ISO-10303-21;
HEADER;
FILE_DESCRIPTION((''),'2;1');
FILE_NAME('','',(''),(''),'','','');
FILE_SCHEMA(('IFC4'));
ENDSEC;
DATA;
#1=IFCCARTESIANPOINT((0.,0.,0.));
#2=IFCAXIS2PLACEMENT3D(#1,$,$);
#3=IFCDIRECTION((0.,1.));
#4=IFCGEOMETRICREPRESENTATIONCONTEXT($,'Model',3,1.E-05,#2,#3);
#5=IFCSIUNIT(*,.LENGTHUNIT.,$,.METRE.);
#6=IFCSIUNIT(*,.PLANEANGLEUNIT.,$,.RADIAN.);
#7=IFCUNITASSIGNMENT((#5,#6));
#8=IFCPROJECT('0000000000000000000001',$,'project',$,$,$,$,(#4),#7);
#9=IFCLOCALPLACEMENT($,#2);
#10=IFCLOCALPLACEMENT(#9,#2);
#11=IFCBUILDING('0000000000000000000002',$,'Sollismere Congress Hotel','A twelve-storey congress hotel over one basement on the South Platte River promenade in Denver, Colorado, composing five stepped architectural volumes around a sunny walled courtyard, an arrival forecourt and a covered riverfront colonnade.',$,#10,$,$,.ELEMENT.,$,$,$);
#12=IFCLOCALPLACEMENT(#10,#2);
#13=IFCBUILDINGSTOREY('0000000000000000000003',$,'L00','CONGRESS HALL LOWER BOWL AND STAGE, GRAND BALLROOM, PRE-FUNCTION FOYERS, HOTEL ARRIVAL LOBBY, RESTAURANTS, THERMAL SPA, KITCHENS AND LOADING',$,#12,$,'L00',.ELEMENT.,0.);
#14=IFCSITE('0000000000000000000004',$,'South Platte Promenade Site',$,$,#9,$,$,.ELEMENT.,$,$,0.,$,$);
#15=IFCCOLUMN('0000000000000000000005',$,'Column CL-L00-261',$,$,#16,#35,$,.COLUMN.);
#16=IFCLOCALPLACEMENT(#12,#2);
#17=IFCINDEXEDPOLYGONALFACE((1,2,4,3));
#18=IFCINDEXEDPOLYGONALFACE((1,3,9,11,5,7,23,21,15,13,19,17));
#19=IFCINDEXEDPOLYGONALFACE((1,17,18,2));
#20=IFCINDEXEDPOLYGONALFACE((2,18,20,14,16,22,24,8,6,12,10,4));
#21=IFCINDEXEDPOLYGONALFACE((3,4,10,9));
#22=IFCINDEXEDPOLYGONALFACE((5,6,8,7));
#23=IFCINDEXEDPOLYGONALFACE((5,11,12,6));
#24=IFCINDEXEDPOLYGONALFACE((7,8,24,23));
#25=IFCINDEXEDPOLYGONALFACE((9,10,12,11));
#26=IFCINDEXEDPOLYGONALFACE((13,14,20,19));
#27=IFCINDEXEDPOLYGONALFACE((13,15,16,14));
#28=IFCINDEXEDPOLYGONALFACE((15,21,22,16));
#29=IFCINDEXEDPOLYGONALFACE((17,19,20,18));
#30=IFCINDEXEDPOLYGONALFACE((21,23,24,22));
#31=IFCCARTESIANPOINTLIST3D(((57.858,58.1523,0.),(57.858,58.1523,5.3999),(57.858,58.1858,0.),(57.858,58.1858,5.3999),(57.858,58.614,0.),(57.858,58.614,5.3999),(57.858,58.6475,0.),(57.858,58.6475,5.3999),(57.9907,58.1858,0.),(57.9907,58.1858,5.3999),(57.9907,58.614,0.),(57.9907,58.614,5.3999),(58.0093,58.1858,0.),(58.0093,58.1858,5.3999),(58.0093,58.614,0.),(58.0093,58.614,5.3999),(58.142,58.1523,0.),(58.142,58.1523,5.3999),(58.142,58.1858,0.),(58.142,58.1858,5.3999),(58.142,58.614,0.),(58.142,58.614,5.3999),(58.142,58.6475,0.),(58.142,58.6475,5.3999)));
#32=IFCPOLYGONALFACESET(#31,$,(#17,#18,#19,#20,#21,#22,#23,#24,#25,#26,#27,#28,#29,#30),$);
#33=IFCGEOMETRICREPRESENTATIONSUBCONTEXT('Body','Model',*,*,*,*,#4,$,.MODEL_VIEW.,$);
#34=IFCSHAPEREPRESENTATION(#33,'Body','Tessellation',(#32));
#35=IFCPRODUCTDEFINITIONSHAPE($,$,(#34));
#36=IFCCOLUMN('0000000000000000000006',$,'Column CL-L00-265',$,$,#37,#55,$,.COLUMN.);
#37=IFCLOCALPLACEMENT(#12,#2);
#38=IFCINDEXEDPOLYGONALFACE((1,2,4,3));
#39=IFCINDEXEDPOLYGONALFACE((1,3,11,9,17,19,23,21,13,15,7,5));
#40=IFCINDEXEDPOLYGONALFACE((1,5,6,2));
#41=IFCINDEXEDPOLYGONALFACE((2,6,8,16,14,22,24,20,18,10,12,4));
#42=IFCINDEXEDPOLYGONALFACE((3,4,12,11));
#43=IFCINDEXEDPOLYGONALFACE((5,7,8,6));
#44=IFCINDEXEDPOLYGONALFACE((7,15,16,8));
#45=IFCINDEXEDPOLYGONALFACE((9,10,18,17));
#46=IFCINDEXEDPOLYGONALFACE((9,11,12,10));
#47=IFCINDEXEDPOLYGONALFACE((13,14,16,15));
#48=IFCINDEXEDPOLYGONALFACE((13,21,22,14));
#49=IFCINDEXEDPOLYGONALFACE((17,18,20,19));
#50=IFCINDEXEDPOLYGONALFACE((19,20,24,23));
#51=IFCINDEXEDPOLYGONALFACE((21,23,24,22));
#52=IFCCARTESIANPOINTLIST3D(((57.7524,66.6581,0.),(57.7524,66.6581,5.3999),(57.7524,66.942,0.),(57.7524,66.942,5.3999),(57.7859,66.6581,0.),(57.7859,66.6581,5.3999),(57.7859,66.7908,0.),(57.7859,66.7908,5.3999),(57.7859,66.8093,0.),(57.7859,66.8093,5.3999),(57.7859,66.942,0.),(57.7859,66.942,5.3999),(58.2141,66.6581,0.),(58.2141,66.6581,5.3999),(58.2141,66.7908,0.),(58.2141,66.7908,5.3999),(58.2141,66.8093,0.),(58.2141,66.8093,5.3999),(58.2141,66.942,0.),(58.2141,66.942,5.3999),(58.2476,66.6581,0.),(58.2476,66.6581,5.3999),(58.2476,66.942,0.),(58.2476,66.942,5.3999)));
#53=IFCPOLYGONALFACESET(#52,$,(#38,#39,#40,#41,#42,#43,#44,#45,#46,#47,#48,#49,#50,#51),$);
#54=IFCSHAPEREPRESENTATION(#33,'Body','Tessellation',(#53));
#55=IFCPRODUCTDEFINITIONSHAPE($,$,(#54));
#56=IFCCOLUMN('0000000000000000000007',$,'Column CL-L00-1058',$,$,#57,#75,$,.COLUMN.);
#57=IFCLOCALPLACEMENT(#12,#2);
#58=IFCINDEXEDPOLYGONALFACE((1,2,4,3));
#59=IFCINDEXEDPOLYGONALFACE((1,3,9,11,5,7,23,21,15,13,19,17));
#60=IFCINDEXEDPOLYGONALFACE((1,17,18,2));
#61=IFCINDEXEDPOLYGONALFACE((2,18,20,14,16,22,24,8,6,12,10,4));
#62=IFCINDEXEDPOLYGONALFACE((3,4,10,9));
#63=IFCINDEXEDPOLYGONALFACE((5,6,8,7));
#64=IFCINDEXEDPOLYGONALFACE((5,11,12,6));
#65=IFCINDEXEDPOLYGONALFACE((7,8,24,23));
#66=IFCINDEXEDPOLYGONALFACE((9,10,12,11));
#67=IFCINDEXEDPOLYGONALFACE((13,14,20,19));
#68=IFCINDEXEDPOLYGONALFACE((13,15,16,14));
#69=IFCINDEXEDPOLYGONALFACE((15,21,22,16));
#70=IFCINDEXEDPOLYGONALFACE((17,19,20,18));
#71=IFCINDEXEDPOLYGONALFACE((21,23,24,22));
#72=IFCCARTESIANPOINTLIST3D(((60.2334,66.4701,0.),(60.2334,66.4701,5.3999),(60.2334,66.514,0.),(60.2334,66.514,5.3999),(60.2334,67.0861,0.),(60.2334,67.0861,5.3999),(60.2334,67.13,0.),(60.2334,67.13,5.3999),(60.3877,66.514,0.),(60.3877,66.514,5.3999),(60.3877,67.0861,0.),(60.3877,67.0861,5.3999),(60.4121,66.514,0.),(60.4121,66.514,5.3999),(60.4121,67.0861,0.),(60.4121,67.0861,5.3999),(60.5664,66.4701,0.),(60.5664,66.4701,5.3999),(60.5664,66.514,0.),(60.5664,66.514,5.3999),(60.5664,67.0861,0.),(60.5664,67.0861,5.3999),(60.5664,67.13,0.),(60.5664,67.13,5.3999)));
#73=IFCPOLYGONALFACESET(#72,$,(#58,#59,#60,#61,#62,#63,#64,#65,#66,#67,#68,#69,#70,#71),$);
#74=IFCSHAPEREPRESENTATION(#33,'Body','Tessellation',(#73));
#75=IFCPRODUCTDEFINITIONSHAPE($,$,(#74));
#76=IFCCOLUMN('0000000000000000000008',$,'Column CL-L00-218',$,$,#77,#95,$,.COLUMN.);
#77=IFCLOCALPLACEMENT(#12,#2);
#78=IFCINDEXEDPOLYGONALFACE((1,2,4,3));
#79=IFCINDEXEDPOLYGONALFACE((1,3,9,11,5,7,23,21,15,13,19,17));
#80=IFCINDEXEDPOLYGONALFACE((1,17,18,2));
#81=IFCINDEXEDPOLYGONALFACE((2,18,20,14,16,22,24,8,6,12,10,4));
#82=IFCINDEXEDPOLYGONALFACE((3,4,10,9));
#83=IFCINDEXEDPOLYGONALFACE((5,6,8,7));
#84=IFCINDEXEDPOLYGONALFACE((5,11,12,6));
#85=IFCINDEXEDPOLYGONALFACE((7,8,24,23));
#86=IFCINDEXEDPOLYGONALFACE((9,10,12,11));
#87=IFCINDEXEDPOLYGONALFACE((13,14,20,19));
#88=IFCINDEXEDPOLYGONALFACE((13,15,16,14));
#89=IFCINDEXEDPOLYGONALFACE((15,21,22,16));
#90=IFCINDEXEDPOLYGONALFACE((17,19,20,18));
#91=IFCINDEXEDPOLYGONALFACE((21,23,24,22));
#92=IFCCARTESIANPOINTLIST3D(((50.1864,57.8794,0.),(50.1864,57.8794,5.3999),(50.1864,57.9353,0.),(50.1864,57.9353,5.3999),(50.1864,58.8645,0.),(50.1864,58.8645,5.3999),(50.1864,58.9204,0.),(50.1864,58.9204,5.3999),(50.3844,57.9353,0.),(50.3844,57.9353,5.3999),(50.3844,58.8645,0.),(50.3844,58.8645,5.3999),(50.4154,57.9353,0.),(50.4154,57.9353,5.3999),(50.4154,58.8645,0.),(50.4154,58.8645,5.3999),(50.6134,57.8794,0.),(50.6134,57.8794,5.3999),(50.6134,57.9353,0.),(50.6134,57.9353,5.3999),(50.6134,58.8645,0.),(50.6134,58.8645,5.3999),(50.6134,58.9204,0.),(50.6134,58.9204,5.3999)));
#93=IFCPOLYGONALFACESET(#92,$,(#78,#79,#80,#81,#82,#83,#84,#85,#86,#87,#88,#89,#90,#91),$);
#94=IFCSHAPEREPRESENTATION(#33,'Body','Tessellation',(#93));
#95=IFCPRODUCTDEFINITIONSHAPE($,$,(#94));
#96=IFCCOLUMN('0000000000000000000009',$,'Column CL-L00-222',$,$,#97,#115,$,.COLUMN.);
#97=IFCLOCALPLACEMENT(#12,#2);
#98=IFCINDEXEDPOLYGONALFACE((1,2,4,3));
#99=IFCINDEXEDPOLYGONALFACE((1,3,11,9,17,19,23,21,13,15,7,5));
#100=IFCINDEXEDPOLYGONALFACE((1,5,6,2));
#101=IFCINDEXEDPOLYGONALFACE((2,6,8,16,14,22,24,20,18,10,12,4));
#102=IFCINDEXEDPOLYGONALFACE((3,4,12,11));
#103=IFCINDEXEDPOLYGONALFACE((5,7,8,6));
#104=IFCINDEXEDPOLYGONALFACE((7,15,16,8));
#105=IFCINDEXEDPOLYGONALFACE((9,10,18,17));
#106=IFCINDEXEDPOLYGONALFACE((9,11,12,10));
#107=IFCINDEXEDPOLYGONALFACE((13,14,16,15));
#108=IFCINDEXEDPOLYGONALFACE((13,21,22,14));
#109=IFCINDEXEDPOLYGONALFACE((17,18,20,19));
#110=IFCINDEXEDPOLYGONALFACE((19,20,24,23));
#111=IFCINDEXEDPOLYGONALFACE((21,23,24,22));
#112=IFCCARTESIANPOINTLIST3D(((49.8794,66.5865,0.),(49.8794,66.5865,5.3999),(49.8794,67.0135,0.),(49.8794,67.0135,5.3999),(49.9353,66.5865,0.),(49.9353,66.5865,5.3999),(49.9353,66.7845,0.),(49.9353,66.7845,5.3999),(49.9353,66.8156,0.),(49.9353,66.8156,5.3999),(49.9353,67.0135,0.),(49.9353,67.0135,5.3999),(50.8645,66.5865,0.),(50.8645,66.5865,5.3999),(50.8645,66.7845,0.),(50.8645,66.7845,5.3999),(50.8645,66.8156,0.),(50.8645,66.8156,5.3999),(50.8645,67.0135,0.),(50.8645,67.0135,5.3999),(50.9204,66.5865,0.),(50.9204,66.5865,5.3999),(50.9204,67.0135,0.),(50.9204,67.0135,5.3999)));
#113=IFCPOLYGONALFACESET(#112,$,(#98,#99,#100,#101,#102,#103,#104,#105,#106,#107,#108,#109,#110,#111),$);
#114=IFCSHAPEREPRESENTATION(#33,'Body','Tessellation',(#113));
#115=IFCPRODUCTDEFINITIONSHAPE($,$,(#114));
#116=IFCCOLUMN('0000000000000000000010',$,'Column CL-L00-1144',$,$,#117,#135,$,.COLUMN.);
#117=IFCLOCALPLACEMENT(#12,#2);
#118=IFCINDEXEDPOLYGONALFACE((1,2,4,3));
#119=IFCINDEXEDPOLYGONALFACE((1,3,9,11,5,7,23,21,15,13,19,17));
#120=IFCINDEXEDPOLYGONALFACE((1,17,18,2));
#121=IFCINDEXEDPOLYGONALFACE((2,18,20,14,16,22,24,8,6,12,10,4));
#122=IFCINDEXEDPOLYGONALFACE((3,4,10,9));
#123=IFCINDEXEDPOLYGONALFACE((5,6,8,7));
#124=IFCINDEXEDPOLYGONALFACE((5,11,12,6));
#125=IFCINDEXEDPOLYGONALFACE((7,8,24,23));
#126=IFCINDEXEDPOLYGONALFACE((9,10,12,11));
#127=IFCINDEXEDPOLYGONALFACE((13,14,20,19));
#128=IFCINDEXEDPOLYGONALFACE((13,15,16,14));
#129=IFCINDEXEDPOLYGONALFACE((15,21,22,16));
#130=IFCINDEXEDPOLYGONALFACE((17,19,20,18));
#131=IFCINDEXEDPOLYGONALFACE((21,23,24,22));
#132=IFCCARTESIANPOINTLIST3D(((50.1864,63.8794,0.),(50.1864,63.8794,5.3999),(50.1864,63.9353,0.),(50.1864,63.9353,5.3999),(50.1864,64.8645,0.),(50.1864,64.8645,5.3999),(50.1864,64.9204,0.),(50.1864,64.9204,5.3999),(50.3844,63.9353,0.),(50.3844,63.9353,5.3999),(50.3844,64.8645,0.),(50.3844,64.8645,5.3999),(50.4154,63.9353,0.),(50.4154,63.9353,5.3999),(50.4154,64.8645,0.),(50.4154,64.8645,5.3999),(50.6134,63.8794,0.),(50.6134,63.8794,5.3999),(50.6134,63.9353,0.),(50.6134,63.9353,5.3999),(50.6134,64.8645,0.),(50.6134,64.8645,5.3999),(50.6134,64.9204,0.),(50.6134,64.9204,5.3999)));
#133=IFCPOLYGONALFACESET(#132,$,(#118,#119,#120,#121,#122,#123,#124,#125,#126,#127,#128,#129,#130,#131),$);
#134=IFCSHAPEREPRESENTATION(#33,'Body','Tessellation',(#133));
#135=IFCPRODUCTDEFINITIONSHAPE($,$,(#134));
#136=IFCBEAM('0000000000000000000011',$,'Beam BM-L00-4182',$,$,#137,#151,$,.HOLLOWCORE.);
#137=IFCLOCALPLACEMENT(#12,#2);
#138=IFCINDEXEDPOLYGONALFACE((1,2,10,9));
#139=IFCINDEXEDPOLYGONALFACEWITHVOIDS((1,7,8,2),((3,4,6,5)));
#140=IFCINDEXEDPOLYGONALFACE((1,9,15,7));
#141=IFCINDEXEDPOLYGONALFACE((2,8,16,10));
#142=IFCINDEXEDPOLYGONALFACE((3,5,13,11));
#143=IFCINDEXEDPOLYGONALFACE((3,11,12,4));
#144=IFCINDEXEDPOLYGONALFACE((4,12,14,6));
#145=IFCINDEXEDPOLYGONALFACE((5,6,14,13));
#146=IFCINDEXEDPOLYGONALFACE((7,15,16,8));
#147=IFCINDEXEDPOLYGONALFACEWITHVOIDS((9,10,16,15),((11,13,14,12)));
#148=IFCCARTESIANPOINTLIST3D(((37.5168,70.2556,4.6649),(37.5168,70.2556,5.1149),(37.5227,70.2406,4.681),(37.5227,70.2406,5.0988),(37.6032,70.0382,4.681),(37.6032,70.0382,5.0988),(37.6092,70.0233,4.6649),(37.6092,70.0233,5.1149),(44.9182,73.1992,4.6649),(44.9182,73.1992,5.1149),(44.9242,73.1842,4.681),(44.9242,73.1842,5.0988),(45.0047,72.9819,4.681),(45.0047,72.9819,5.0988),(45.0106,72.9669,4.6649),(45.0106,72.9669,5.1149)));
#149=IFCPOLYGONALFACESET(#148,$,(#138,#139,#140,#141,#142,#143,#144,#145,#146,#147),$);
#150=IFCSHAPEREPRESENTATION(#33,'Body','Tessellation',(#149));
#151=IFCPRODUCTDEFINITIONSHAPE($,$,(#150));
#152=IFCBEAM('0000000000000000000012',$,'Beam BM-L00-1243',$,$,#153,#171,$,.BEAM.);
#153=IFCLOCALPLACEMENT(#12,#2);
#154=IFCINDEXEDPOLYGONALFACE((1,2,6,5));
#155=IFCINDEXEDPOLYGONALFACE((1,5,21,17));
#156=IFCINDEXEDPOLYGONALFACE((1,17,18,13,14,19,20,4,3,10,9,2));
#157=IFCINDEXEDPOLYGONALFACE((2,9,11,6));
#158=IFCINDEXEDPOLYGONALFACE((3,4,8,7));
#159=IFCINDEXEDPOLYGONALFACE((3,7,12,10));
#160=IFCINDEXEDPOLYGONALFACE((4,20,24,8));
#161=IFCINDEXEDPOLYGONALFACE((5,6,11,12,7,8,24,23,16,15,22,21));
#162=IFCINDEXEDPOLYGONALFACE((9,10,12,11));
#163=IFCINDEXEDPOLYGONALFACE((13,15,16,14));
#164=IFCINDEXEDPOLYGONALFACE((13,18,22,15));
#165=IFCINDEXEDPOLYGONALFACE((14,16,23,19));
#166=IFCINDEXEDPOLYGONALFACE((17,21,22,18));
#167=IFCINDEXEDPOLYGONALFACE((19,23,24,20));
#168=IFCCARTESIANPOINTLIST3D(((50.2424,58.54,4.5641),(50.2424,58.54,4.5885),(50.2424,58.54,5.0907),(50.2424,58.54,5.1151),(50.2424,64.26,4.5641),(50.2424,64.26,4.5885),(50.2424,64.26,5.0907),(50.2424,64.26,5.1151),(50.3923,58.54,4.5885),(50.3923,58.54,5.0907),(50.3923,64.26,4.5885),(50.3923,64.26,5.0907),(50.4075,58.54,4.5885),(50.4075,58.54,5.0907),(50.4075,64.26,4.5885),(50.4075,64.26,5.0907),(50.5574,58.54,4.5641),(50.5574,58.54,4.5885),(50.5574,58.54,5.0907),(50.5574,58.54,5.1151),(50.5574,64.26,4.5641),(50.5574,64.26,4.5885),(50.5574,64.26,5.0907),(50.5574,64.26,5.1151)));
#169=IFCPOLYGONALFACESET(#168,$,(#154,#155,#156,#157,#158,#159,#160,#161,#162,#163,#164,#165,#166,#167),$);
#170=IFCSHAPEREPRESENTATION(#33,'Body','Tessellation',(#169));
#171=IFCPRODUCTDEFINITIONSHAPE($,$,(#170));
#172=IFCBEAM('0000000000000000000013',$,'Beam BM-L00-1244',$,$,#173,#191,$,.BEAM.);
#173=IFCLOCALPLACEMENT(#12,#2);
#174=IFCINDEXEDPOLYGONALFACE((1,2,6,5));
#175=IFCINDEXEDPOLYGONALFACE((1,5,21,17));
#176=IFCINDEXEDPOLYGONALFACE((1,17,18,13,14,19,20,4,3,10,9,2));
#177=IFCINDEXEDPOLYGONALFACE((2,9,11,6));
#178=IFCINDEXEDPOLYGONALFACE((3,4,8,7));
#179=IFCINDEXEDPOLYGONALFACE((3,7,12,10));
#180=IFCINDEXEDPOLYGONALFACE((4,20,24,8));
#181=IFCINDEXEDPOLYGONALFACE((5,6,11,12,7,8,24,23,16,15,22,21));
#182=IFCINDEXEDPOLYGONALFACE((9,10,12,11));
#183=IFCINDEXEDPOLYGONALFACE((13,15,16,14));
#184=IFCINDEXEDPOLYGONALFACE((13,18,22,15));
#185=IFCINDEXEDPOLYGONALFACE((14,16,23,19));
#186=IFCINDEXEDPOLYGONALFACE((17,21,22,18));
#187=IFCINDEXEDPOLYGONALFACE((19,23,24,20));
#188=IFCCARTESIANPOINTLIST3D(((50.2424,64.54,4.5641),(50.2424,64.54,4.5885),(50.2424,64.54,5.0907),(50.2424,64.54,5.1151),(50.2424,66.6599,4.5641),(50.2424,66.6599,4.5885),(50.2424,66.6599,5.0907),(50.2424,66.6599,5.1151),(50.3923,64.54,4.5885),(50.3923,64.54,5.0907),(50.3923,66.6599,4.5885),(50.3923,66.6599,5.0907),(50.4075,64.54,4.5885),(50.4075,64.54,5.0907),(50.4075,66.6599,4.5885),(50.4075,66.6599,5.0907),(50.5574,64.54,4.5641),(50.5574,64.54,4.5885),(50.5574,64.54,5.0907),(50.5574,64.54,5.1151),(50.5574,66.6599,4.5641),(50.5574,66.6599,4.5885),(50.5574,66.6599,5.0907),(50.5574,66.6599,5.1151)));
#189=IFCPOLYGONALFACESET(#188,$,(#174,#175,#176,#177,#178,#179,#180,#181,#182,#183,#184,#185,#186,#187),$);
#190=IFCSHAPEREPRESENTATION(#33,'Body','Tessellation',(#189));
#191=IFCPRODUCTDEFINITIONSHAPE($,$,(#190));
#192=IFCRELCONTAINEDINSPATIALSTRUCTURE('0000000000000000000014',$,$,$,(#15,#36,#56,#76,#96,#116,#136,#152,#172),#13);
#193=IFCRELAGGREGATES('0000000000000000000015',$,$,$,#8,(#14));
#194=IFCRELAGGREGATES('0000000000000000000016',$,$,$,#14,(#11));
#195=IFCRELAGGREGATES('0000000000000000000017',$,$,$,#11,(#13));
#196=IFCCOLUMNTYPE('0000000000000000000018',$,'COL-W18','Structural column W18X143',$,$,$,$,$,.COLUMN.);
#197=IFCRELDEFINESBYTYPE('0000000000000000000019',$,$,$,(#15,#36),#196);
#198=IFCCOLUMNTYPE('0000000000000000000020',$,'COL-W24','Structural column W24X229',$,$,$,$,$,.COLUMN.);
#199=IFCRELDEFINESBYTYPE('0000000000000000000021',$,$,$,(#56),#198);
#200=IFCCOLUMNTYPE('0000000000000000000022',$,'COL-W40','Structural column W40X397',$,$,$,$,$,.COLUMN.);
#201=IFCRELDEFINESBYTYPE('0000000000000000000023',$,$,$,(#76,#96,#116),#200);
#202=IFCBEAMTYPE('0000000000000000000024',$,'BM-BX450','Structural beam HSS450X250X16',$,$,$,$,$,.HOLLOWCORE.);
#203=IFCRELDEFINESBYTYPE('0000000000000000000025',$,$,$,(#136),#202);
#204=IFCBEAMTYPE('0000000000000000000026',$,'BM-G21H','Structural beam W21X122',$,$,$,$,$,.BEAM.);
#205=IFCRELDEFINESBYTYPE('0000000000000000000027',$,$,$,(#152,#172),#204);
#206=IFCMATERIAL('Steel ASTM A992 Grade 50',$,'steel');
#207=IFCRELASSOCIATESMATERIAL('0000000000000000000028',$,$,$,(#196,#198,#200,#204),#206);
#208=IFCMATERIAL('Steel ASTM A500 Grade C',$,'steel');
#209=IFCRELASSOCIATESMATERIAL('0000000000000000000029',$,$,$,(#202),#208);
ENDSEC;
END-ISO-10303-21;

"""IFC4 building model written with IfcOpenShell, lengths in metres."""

from ifc_helpers import new_model, si_unit, direction, frame, origin, origin_2d, place, context, subcontext, project, spatial, hollow_rectangle, i_section, extrude, material, material_profile, profile_set, type_object, element, save


model = new_model("IFC4")

# Units and contexts
model_context = context("Model", 3, precision=1e-05, world=origin(), true_north=direction((0.0, 1.0)))
body_context = subcontext(model_context, "Body", "Model", "MODEL_VIEW")
ifc_project = project(units=[si_unit("LENGTHUNIT", "METRE"), si_unit("PLANEANGLEUNIT", "RADIAN")], contexts=[model_context])

# Site, building, storey
site_placement = place(None, origin())
site = spatial("IfcSite", under=ifc_project, at=site_placement, Name="South Platte Promenade Site", CompositionType="ELEMENT", RefElevation=0.0)
building_placement = place(site_placement, origin())
building = spatial("IfcBuilding", under=site, at=building_placement, Name="Sollismere Congress Hotel", Description="A twelve-storey congress hotel over one basement on the South Platte River promenade in Denver, Colorado, composing five stepped architectural volumes around a sunny walled courtyard, an arrival forecourt and a covered riverfront colonnade.", CompositionType="ELEMENT")
storey_placement = place(building_placement, origin())
storey = spatial("IfcBuildingStorey", under=building, at=storey_placement, Name="L00", Description="CONGRESS HALL LOWER BOWL AND STAGE, GRAND BALLROOM, PRE-FUNCTION FOYERS, HOTEL ARRIVAL LOBBY, RESTAURANTS, THERMAL SPA, KITCHENS AND LOADING", LongName="L00", CompositionType="ELEMENT", Elevation=0.0)

# Columns
ifc_material_1 = material(Name="Steel ASTM A992 Grade 50", Category="steel")
ifc_material_profile_1 = material_profile(ifc_material_1, i_section(OverallWidth=0.2839, OverallDepth=0.4951, WebThickness=0.0186, FlangeThickness=0.0334, at=origin_2d()), Name="W18X143")
ifc_profile_set_1 = profile_set([ifc_material_profile_1], Name="Steel ASTM A992 Grade 50")
column_type_1 = type_object("IfcColumnType", Name="COL-W18", Description="Structural column W18X143", PredefinedType="COLUMN", material=ifc_profile_set_1)
for number, where, z_axis, x_axis, name in (
    (1, (58.0, 58.3999, 0.0), (0.0, 0.0, 1.0), (1.0, 0.0, 0.0), "Column CL-L00-261"),
    (2, (58.0, 66.8, 0.0), (0.0, 0.0, 1.0), (0.0, 1.0, 0.0), "Column CL-L00-265"),
):
    element("IfcColumn", number, at=place(storey_placement, frame(where, z_axis=z_axis, x_axis=x_axis)), inside=storey, type_object=column_type_1, Name=name, PredefinedType="COLUMN", context=body_context, shape_type="SweptSolid", body=[
        extrude(i_section(OverallWidth=0.2839, OverallDepth=0.4951, WebThickness=0.0186, FlangeThickness=0.0334, at=origin_2d()), origin(), (0.0, 0.0, 1.0), 5.3999),
    ])
ifc_material_profile_2 = material_profile(ifc_material_1, i_section(OverallWidth=0.333, OverallDepth=0.6599, WebThickness=0.0244, FlangeThickness=0.0439, at=origin_2d()), Name="W24X229")
ifc_profile_set_2 = profile_set([ifc_material_profile_2], Name="Steel ASTM A992 Grade 50")
column_type_2 = type_object("IfcColumnType", Name="COL-W24", Description="Structural column W24X229", PredefinedType="COLUMN", material=ifc_profile_set_2)
column_placement = place(storey_placement, frame((60.3999, 66.8, 0.0), z_axis=(0.0, 0.0, 1.0), x_axis=(1.0, 0.0, 0.0)))
element("IfcColumn", 3, at=column_placement, inside=storey, type_object=column_type_2, Name="Column CL-L00-1058", PredefinedType="COLUMN", context=body_context, shape_type="SweptSolid", body=[
    extrude(i_section(OverallWidth=0.333, OverallDepth=0.6599, WebThickness=0.0244, FlangeThickness=0.0439, at=origin_2d()), origin(), (0.0, 0.0, 1.0), 5.3999),
])
ifc_material_profile_3 = material_profile(ifc_material_1, i_section(OverallWidth=0.427, OverallDepth=1.041, WebThickness=0.031, FlangeThickness=0.0559, at=origin_2d()), Name="W40X397")
ifc_profile_set_3 = profile_set([ifc_material_profile_3], Name="Steel ASTM A992 Grade 50")
column_type_3 = type_object("IfcColumnType", Name="COL-W40", Description="Structural column W40X397", PredefinedType="COLUMN", material=ifc_profile_set_3)
for number, where, z_axis, x_axis, name in (
    (4, (50.3999, 58.3999, 0.0), (0.0, 0.0, 1.0), (1.0, 0.0, 0.0), "Column CL-L00-218"),
    (5, (50.3999, 66.8, 0.0), (0.0, 0.0, 1.0), (0.0, 1.0, 0.0), "Column CL-L00-222"),
    (6, (50.3999, 64.3999, 0.0), (0.0, 0.0, 1.0), (1.0, 0.0, 0.0), "Column CL-L00-1144"),
):
    element("IfcColumn", number, at=place(storey_placement, frame(where, z_axis=z_axis, x_axis=x_axis)), inside=storey, type_object=column_type_3, Name=name, PredefinedType="COLUMN", context=body_context, shape_type="SweptSolid", body=[
        extrude(i_section(OverallWidth=0.427, OverallDepth=1.041, WebThickness=0.031, FlangeThickness=0.0559, at=origin_2d()), origin(), (0.0, 0.0, 1.0), 5.3999),
    ])

# Beams
ifc_material_2 = material(Name="Steel ASTM A500 Grade C", Category="steel")
ifc_material_profile_4 = material_profile(ifc_material_2, hollow_rectangle(XDim=0.25, YDim=0.45, WallThickness=0.0161, at=origin_2d()), Name="HSS450X250X16")
ifc_profile_set_4 = profile_set([ifc_material_profile_4], Name="Steel ASTM A500 Grade C")
beam_type_1 = type_object("IfcBeamType", Name="BM-BX450", Description="Structural beam HSS450X250X16", PredefinedType="HOLLOWCORE", material=ifc_profile_set_4)
beam_1_placement = place(storey_placement, frame((37.563, 70.1394, 4.8899), z_axis=(0.929208, 0.369556, 0.0), x_axis=(-0.369556, 0.929208, 0.0)))
element("IfcBeam", 7, at=beam_1_placement, inside=storey, type_object=beam_type_1, Name="Beam BM-L00-4182", PredefinedType="HOLLOWCORE", context=body_context, shape_type="SweptSolid", body=[
    extrude(hollow_rectangle(XDim=0.25, YDim=0.45, WallThickness=0.0161, at=origin_2d()), origin(), (0.0, 0.0, 1.0), 7.9653),
])
ifc_material_profile_5 = material_profile(ifc_material_1, i_section(OverallWidth=0.3149, OverallDepth=0.551, WebThickness=0.0151, FlangeThickness=0.0244, at=origin_2d()), Name="W21X122")
ifc_profile_set_5 = profile_set([ifc_material_profile_5], Name="Steel ASTM A992 Grade 50")
beam_type_2 = type_object("IfcBeamType", Name="BM-G21H", Description="Structural beam W21X122", PredefinedType="BEAM", material=ifc_profile_set_5)
beam_2_placement = place(storey_placement, frame((50.3999, 58.54, 4.8396), z_axis=(0.0, 1.0, 0.0), x_axis=(-1.0, 0.0, 0.0)))
element("IfcBeam", 8, at=beam_2_placement, inside=storey, type_object=beam_type_2, Name="Beam BM-L00-1243", PredefinedType="BEAM", context=body_context, shape_type="SweptSolid", body=[
    extrude(i_section(OverallWidth=0.3149, OverallDepth=0.551, WebThickness=0.0151, FlangeThickness=0.0244, at=origin_2d()), origin(), (0.0, 0.0, 1.0), 5.72),
])
beam_3_placement = place(storey_placement, frame((50.3999, 64.54, 4.8396), z_axis=(0.0, 1.0, 0.0), x_axis=(-1.0, 0.0, 0.0)))
element("IfcBeam", 9, at=beam_3_placement, inside=storey, type_object=beam_type_2, Name="Beam BM-L00-1244", PredefinedType="BEAM", context=body_context, shape_type="SweptSolid", body=[
    extrude(i_section(OverallWidth=0.3149, OverallDepth=0.551, WebThickness=0.0151, FlangeThickness=0.0244, at=origin_2d()), origin(), (0.0, 0.0, 1.0), 2.1199),
])

save(model, "model.ifc")
